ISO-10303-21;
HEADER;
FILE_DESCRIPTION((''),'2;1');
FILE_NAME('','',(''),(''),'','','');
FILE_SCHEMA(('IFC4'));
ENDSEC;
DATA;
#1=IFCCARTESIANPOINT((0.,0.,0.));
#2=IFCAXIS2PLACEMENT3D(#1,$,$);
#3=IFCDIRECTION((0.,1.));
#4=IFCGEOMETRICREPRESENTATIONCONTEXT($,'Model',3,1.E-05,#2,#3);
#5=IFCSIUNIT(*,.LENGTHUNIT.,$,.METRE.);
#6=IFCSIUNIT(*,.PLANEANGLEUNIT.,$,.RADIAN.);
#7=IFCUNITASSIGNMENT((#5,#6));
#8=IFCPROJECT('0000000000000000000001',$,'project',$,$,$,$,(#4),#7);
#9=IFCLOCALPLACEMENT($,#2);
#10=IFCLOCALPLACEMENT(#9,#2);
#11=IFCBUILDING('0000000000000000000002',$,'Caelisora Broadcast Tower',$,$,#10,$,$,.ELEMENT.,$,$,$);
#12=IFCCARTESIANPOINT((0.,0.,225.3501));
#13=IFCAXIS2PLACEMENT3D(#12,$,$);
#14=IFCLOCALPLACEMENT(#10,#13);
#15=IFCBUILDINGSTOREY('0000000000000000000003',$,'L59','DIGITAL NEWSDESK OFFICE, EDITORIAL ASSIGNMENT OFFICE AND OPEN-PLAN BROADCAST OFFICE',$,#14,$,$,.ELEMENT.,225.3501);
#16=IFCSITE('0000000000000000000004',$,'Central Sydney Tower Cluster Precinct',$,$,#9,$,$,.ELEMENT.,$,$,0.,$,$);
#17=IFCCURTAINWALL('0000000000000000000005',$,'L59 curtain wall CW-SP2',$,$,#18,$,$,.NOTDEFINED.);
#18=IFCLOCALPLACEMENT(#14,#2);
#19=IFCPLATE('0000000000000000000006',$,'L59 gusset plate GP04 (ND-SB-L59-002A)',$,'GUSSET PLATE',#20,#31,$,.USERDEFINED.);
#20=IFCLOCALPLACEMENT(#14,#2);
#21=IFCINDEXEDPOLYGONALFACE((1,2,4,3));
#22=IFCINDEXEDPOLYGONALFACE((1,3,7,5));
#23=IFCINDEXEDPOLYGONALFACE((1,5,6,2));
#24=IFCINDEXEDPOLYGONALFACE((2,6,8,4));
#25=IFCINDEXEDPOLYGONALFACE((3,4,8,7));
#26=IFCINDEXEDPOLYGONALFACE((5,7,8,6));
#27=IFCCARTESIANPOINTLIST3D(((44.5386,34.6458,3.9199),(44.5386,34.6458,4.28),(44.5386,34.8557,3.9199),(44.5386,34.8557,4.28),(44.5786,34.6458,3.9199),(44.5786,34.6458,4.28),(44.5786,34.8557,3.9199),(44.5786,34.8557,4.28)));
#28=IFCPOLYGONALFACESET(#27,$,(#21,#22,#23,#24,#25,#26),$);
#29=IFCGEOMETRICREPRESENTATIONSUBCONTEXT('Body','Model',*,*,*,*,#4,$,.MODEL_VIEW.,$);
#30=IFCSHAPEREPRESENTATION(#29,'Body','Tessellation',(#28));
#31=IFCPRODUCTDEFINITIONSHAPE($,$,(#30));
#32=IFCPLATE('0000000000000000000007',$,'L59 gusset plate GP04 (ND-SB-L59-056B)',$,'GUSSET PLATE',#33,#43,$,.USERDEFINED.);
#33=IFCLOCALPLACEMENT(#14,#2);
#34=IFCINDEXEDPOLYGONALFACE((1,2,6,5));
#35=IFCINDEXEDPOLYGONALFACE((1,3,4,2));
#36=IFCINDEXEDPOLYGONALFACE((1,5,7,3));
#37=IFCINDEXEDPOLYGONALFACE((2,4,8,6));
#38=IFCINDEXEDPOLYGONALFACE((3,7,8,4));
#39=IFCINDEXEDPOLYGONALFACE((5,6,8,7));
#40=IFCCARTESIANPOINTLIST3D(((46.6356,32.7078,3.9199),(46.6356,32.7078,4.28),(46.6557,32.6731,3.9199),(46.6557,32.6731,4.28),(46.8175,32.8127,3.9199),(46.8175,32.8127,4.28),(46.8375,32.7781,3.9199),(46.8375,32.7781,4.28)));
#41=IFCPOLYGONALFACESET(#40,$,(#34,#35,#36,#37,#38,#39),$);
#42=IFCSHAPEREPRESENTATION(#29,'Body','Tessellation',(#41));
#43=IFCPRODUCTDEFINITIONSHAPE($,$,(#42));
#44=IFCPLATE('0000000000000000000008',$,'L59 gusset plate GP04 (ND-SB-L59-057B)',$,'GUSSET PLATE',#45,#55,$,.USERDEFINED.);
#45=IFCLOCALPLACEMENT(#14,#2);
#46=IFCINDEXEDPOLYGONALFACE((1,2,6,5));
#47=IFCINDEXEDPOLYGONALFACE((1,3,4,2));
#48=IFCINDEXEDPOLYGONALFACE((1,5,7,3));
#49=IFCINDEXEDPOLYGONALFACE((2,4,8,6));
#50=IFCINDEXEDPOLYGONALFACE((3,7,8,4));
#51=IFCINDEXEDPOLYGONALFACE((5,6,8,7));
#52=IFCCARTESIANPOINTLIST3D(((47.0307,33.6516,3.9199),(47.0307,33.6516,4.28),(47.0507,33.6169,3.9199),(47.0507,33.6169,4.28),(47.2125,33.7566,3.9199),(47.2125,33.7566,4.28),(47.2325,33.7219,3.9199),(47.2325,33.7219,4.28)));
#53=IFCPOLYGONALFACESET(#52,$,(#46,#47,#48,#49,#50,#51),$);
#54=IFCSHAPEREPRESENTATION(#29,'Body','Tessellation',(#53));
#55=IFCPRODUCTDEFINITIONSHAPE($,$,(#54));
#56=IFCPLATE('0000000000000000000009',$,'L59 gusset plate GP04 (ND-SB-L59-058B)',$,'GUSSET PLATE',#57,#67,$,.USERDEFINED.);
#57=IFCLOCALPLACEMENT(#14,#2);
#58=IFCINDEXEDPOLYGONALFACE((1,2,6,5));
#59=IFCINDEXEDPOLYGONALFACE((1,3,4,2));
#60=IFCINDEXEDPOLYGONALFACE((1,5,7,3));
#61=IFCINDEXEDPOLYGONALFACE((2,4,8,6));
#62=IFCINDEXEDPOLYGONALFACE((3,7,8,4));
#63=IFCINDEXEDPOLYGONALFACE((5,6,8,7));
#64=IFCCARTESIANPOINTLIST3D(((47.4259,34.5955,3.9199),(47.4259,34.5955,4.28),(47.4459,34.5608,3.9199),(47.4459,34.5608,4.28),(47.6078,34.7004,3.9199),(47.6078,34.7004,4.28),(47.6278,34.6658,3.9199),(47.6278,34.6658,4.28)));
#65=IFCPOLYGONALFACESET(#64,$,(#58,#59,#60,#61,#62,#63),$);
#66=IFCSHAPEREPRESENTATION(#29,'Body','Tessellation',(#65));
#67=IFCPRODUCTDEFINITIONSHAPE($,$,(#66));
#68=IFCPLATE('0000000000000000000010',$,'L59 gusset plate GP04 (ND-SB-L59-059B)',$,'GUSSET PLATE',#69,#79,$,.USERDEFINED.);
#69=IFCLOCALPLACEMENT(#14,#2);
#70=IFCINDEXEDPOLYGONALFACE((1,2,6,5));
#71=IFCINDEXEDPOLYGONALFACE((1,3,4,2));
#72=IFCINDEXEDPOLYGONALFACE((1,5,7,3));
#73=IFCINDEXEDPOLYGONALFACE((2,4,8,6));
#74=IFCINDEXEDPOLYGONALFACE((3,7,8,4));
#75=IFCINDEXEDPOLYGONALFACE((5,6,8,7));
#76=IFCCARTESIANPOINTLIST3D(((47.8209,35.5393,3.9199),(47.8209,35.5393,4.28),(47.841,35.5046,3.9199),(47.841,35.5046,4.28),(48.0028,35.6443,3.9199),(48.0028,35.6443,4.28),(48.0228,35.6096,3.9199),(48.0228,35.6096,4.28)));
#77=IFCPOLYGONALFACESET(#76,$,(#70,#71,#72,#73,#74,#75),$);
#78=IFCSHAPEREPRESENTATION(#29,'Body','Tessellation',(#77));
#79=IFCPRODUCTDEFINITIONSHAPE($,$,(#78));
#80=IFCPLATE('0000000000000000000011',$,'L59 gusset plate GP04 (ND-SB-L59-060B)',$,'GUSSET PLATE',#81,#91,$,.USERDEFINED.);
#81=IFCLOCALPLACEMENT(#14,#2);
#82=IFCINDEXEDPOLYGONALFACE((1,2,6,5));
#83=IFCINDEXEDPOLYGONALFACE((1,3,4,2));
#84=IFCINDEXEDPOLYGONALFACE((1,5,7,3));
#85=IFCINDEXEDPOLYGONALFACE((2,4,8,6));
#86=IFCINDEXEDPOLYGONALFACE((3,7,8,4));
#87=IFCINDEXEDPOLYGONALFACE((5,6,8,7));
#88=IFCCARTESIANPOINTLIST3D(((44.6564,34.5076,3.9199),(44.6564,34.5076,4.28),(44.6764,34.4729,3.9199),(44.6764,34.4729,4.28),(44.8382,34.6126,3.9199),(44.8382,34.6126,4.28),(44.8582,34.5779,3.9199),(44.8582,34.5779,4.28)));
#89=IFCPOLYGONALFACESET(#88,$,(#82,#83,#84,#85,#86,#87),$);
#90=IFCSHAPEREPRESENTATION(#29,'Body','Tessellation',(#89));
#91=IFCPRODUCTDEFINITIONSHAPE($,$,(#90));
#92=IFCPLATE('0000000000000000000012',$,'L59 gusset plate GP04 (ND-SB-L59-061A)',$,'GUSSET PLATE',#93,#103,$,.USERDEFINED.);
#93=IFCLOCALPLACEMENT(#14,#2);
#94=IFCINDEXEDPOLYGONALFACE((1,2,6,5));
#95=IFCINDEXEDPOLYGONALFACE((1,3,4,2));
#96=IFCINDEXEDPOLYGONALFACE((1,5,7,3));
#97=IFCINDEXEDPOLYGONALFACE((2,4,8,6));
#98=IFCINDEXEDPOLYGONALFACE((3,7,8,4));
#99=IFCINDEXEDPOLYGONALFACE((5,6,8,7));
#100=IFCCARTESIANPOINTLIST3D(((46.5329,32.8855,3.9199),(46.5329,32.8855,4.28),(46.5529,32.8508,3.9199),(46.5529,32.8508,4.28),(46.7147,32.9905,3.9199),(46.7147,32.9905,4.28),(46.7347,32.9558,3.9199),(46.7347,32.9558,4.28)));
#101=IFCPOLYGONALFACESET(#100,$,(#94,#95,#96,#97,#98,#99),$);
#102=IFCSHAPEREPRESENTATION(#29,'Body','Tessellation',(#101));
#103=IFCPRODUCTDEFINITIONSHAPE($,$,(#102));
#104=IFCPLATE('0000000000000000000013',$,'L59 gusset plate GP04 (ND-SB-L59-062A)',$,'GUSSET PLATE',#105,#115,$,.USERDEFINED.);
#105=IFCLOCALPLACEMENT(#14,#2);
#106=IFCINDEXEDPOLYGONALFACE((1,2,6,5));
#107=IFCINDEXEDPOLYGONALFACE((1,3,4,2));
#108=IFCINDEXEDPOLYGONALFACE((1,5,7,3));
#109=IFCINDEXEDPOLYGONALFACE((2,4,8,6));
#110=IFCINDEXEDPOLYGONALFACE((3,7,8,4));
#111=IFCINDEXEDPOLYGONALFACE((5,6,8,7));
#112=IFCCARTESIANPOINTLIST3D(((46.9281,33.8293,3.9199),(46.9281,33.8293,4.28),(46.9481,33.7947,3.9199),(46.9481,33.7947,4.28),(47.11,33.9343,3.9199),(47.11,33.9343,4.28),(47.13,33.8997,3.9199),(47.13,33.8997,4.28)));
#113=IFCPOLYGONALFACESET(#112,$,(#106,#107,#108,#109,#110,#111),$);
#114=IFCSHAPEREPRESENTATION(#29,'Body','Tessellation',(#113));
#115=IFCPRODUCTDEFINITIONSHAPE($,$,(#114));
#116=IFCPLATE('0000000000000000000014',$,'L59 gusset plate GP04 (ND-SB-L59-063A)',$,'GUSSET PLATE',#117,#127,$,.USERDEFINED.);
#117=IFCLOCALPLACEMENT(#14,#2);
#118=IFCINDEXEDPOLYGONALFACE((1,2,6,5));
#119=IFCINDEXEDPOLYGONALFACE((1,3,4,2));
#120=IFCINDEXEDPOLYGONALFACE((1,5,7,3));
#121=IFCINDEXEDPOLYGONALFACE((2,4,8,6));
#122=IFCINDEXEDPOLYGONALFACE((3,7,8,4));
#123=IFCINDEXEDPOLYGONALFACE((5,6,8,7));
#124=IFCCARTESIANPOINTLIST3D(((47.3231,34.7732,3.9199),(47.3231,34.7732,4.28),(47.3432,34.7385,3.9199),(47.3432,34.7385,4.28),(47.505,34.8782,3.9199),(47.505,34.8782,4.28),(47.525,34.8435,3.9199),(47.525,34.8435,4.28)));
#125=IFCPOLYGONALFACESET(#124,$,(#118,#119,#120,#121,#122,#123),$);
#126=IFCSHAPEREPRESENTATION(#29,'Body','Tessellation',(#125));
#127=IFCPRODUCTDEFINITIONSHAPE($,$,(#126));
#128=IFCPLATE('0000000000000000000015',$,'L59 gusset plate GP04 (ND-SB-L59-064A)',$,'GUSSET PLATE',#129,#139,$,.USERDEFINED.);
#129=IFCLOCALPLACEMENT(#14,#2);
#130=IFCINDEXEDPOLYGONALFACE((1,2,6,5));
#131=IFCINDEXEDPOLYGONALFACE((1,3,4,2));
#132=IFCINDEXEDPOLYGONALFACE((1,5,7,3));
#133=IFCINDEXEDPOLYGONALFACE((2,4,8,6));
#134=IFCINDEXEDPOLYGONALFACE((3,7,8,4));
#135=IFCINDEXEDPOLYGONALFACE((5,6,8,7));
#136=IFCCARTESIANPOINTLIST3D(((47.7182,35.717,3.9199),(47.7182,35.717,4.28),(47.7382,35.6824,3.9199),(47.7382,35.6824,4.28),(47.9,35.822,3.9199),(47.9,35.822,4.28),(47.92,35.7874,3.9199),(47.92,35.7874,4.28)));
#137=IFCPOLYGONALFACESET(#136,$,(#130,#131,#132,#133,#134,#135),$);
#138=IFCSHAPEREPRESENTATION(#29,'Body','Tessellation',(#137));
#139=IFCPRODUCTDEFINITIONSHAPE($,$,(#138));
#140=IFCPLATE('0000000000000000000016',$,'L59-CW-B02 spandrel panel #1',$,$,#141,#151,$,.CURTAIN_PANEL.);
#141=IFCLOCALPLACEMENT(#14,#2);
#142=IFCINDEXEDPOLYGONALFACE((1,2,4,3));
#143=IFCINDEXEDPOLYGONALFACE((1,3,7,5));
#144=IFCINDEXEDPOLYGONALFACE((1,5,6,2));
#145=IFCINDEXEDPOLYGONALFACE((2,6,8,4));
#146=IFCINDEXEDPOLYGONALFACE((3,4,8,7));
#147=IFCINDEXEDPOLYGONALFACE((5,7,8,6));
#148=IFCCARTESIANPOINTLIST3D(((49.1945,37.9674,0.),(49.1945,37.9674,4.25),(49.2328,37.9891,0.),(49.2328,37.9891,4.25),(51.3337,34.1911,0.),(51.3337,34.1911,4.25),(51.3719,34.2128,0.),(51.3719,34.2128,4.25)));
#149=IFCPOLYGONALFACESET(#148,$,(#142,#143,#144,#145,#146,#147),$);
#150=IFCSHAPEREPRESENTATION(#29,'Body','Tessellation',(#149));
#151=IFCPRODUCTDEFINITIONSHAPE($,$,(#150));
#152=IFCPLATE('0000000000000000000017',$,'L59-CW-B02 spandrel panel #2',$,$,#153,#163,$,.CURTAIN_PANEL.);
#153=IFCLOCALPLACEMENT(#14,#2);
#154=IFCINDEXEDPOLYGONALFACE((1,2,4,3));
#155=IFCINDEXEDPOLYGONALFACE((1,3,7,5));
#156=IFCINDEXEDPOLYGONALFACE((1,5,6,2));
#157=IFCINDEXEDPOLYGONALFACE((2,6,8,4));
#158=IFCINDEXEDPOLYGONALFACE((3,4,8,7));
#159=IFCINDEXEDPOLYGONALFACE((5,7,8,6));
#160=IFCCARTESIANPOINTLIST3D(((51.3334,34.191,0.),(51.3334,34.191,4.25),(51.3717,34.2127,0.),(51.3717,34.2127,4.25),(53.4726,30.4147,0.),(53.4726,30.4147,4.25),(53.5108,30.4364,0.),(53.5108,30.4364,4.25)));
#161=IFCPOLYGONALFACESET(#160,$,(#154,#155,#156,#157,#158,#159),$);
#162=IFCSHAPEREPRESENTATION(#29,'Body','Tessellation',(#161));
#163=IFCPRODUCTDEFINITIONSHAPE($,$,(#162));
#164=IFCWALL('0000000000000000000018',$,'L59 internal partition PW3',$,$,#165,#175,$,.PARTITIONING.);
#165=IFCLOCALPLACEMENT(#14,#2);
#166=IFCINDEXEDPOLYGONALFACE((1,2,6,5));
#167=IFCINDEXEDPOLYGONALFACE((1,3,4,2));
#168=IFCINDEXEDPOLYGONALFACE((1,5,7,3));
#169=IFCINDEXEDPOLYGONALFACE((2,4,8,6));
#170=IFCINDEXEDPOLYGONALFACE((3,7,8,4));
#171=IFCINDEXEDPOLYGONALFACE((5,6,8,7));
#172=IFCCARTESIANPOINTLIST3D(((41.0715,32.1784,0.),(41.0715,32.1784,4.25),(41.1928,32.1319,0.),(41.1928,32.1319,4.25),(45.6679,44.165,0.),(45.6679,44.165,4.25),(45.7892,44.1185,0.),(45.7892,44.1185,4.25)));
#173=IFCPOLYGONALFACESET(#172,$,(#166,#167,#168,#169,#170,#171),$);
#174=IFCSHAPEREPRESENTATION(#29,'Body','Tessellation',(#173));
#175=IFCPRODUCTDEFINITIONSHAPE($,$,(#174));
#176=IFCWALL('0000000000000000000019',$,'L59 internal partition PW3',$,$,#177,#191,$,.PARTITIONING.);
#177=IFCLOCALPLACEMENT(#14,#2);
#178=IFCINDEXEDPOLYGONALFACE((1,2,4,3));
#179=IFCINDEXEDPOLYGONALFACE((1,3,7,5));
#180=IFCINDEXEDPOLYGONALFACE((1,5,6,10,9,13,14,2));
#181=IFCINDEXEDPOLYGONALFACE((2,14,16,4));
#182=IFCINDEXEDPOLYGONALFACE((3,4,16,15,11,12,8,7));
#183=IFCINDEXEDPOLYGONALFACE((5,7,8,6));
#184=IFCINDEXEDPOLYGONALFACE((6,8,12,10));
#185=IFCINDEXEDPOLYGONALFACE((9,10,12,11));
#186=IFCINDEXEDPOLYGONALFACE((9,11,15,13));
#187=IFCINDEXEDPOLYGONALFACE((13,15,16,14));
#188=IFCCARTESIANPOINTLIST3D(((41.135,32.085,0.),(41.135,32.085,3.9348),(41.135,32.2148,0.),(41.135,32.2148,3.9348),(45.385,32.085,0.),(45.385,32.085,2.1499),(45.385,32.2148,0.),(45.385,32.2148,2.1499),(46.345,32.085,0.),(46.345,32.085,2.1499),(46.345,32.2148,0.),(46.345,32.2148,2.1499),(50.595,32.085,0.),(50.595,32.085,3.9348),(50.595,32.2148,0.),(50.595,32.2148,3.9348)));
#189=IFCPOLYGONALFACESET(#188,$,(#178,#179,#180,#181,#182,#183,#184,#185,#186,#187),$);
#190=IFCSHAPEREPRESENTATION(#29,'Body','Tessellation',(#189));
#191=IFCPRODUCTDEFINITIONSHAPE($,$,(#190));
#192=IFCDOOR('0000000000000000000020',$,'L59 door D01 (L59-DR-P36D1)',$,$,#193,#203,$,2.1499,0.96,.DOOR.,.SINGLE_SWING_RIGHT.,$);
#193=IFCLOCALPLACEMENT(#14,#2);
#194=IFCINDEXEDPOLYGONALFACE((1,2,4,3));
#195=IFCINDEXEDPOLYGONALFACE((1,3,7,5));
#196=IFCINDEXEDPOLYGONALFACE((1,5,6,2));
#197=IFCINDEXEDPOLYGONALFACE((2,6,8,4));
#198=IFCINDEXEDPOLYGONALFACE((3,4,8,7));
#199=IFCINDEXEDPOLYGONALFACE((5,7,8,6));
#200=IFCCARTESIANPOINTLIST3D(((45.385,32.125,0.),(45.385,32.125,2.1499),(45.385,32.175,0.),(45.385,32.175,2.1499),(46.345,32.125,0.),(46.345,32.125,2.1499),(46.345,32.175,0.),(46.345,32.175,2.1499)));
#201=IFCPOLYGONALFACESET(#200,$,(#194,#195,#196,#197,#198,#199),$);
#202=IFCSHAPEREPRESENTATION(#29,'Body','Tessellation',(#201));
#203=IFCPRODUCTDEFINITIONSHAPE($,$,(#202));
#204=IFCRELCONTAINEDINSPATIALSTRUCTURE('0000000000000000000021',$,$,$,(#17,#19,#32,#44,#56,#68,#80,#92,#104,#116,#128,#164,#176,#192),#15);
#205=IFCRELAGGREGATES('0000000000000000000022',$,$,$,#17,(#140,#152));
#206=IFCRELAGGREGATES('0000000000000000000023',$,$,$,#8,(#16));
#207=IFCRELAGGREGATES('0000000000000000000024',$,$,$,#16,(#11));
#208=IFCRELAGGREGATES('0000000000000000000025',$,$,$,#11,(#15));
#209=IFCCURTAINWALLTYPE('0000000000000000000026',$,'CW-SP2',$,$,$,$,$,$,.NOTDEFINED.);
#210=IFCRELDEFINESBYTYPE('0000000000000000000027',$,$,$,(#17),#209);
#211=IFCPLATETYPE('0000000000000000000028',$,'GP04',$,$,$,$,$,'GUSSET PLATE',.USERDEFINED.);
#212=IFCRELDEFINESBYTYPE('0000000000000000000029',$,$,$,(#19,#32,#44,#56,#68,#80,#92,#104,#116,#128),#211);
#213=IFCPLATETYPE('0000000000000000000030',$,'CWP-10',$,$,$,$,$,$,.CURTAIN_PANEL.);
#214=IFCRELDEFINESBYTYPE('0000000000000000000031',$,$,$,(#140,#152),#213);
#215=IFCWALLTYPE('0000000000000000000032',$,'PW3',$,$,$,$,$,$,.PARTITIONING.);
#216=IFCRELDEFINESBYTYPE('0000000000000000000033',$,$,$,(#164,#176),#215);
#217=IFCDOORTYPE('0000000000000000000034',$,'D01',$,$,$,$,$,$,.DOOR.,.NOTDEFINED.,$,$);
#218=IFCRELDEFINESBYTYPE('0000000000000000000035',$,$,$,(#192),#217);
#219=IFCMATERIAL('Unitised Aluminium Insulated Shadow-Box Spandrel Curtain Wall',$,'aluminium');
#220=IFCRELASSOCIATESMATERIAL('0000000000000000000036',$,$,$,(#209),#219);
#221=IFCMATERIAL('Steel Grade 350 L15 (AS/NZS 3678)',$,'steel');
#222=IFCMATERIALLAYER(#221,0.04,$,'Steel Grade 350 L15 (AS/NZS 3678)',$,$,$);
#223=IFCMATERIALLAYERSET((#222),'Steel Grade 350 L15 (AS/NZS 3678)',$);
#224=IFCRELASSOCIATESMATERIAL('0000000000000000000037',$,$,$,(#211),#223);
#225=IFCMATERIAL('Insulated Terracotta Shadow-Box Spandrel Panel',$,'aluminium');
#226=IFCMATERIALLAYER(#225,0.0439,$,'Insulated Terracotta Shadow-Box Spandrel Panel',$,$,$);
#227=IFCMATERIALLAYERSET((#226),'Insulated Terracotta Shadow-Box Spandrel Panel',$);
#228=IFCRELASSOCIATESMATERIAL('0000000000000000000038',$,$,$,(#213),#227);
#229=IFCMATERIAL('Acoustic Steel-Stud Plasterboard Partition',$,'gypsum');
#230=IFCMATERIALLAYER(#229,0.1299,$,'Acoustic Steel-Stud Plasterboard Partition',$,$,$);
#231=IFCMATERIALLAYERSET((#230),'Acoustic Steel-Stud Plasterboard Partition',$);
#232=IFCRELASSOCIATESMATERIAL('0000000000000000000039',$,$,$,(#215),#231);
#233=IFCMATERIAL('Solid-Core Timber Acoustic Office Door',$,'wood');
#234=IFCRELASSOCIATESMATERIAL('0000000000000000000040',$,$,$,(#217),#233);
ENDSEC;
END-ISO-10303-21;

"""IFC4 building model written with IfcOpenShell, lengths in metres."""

from ifc_helpers import new_model, si_unit, direction, frame, frame_2d, origin, origin_2d, place, context, subcontext, project, spatial, rectangle, extrude, source, transform, mapped, material, layer, layer_set, type_object, type_shapes, element, fill, aggregate, save


model = new_model("IFC4")

# Units and contexts
model_context = context("Model", 3, precision=1e-05, world=origin(), true_north=direction((0.0, 1.0)))
body_context = subcontext(model_context, "Body", "Model", "MODEL_VIEW")
ifc_project = project(units=[si_unit("LENGTHUNIT", "METRE"), si_unit("PLANEANGLEUNIT", "RADIAN")], contexts=[model_context])

# Site, building, storey
site_placement = place(None, origin())
site = spatial("IfcSite", under=ifc_project, at=site_placement, Name="Central Sydney Tower Cluster Precinct", CompositionType="ELEMENT", RefElevation=0.0)
building_placement = place(site_placement, origin())
building = spatial("IfcBuilding", under=site, at=building_placement, Name="Caelisora Broadcast Tower", CompositionType="ELEMENT")
storey_placement = place(building_placement, frame((0.0, 0.0, 225.3501)))
storey = spatial("IfcBuildingStorey", under=building, at=storey_placement, Name="L59", Description="DIGITAL NEWSDESK OFFICE, EDITORIAL ASSIGNMENT OFFICE AND OPEN-PLAN BROADCAST OFFICE", CompositionType="ELEMENT", Elevation=225.3501)

# Shared definitions
ifc_material_1 = material(Name="Steel Grade 350 L15 (AS/NZS 3678)", Category="steel")

# Curtain wall
ifc_material_2 = material(Name="Unitised Aluminium Insulated Shadow-Box Spandrel Curtain Wall", Category="aluminium")
curtain_wall_type = type_object("IfcCurtainWallType", Name="CW-SP2", PredefinedType="NOTDEFINED", material=ifc_material_2)
curtain_wall_placement = place(storey_placement, origin())
curtain_wall = element("IfcCurtainWall", 1, at=curtain_wall_placement, inside=storey, type_object=curtain_wall_type, Name="L59 curtain wall CW-SP2", PredefinedType="NOTDEFINED")

# Plates
ifc_layer_1 = layer(ifc_material_1, 0.04, Name="Steel Grade 350 L15 (AS/NZS 3678)")
ifc_layer_set_1 = layer_set([ifc_layer_1], Name="Steel Grade 350 L15 (AS/NZS 3678)")
plate_type_1 = type_object("IfcPlateType", Name="GP04", ElementType="GUSSET PLATE", PredefinedType="USERDEFINED", material=ifc_layer_set_1)
shared_shape_1 = source(origin(), body_context, "Body", "SweptSolid", [
    extrude(rectangle(XDim=0.21, YDim=0.04, at=origin_2d()), origin(), (0.0, 0.0, 1.0), 0.3601),
])
for number, where, z_axis, x_axis, name in (
    (2, (44.5586, 34.7507, 3.9199), (0.0, 0.0, 1.0), (0.0, -1.0, 0.0), "L59 gusset plate GP04 (ND-SB-L59-002A)"),
    (3, (46.7366, 32.7429, 3.9199), (0.0, 0.0, 1.0), (-0.866025, -0.5, 0.0), "L59 gusset plate GP04 (ND-SB-L59-056B)"),
    (4, (47.1316, 33.6868, 3.9199), (0.0, 0.0, 1.0), (-0.866025, -0.5, 0.0), "L59 gusset plate GP04 (ND-SB-L59-057B)"),
    (5, (47.5269, 34.6306, 3.9199), (0.0, 0.0, 1.0), (-0.866025, -0.5, 0.0), "L59 gusset plate GP04 (ND-SB-L59-058B)"),
    (6, (47.9219, 35.5745, 3.9199), (0.0, 0.0, 1.0), (-0.866025, -0.5, 0.0), "L59 gusset plate GP04 (ND-SB-L59-059B)"),
    (7, (44.7573, 34.5427, 3.9199), (0.0, 0.0, 1.0), (-0.866025, -0.5, 0.0), "L59 gusset plate GP04 (ND-SB-L59-060B)"),
    (8, (46.6338, 32.9207, 3.9199), (0.0, 0.0, 1.0), (-0.866025, -0.5, 0.0), "L59 gusset plate GP04 (ND-SB-L59-061A)"),
    (9, (47.0291, 33.8645, 3.9199), (0.0, 0.0, 1.0), (-0.866025, -0.5, 0.0), "L59 gusset plate GP04 (ND-SB-L59-062A)"),
    (10, (47.4241, 34.8083, 3.9199), (0.0, 0.0, 1.0), (-0.866025, -0.5, 0.0), "L59 gusset plate GP04 (ND-SB-L59-063A)"),
    (11, (47.8191, 35.7522, 3.9199), (0.0, 0.0, 1.0), (-0.866025, -0.5, 0.0), "L59 gusset plate GP04 (ND-SB-L59-064A)"),
):
    element("IfcPlate", number, at=place(storey_placement, frame(where, z_axis=z_axis, x_axis=x_axis)), inside=storey, type_object=plate_type_1, Name=name, ObjectType="GUSSET PLATE", PredefinedType="USERDEFINED", context=body_context, shape_type="MappedRepresentation", body=[
        mapped(shared_shape_1, transform((0.0, 0.0, 0.0), scale=1.0)),
    ])

# Plates
ifc_material_3 = material(Name="Insulated Terracotta Shadow-Box Spandrel Panel", Category="aluminium")
ifc_layer_2 = layer(ifc_material_3, 0.0439, Name="Insulated Terracotta Shadow-Box Spandrel Panel")
ifc_layer_set_2 = layer_set([ifc_layer_2], Name="Insulated Terracotta Shadow-Box Spandrel Panel")
plate_type_2 = type_object("IfcPlateType", Name="CWP-10", PredefinedType="CURTAIN_PANEL", material=ifc_layer_set_2)
shared_shape_2 = source(origin(), body_context, "Body", "SweptSolid", [
    extrude(rectangle(XDim=4.3401, YDim=0.0439, at=origin_2d()), origin(), (0.0, 0.0, 1.0), 4.25),
])
type_shapes(plate_type_2, [shared_shape_2])
plate_1_placement = place(storey_placement, frame((50.2832, 36.0901, 0.0), z_axis=(0.0, 0.0, 1.0), x_axis=(0.492879, -0.870098, 0.0)))
plate_1 = element("IfcPlate", 12, at=plate_1_placement, type_object=plate_type_2, Name="L59-CW-B02 spandrel panel #1", PredefinedType="CURTAIN_PANEL", context=body_context, shape_type="MappedRepresentation", body=[
    mapped(shared_shape_2, transform((0.0, 0.0, 0.0), scale=1.0)),
])
plate_2_placement = place(storey_placement, frame((52.4221, 32.3137, 0.0), z_axis=(0.0, 0.0, 1.0), x_axis=(0.492879, -0.870098, 0.0)))
plate_2 = element("IfcPlate", 13, at=plate_2_placement, type_object=plate_type_2, Name="L59-CW-B02 spandrel panel #2", PredefinedType="CURTAIN_PANEL", context=body_context, shape_type="MappedRepresentation", body=[
    mapped(shared_shape_2, transform((0.0, 0.0, 0.0), scale=1.0)),
])
aggregate(curtain_wall, [plate_1, plate_2])

# Wall
ifc_material_4 = material(Name="Acoustic Steel-Stud Plasterboard Partition", Category="gypsum")
ifc_layer_3 = layer(ifc_material_4, 0.1299, Name="Acoustic Steel-Stud Plasterboard Partition")
ifc_layer_set_3 = layer_set([ifc_layer_3], Name="Acoustic Steel-Stud Plasterboard Partition")
wall_type_1 = type_object("IfcWallType", Name="PW3", PredefinedType="PARTITIONING", material=ifc_layer_set_3)
wall_1_placement = place(storey_placement, frame((41.1321, 32.155, 0.0), z_axis=(0.0, 0.0, 1.0), x_axis=(0.358044, 0.933705, 0.0)))
element("IfcWall", 14, at=wall_1_placement, inside=storey, type_object=wall_type_1, Name="L59 internal partition PW3", PredefinedType="PARTITIONING", context=body_context, shape_type="SweptSolid", body=[
    extrude(rectangle(XDim=12.8376, YDim=0.1299, at=frame_2d((6.4189, 0.0))), origin(), (0.0, 0.0, 1.0), 4.25),
])

# Wall, opening, door
wall_2_placement = place(storey_placement, frame((50.595, 32.1499, 0.0), z_axis=(0.0, 0.0, 1.0), x_axis=(-1.0, 0.0, 0.0)))
wall_2 = element("IfcWall", 15, at=wall_2_placement, inside=storey, type_object=wall_type_1, Name="L59 internal partition PW3", PredefinedType="PARTITIONING", context=body_context, shape_type="SweptSolid", body=[
    extrude(rectangle(XDim=9.46, YDim=0.1299, at=frame_2d((4.73, 0.0))), origin(), (0.0, 0.0, 1.0), 3.9348),
])
opening_1_placement = place(wall_2_placement, frame((4.25, 0.0, 0.0)))
opening_1 = element("IfcOpeningElement", 16, at=opening_1_placement, cuts=wall_2, PredefinedType="OPENING", context=body_context, shape_type="SweptSolid", body=[
    extrude(rectangle(XDim=0.96, YDim=2.1499, at=frame_2d((0.48, 1.075))), frame((0.0, 0.0769, 0.0), z_axis=(0.0, -1.0, 0.0), x_axis=(1.0, 0.0, 0.0)), (0.0, 0.0, 1.0), 0.1538),
])
ifc_material_5 = material(Name="Solid-Core Timber Acoustic Office Door", Category="wood")
door_type = type_object("IfcDoorType", Name="D01", OperationType="NOTDEFINED", PredefinedType="DOOR", material=ifc_material_5)
door_1_placement = place(opening_1_placement, origin())
door_1 = element("IfcDoor", 17, at=door_1_placement, inside=storey, type_object=door_type, Name="L59 door D01 (L59-DR-P36D1)", OperationType="SINGLE_SWING_RIGHT", OverallHeight=2.1499, OverallWidth=0.96, PredefinedType="DOOR", context=body_context, shape_type="SweptSolid", body=[
    extrude(rectangle(XDim=0.96, YDim=2.1499, at=frame_2d((0.48, 1.075))), frame((0.0, 0.0249, 0.0), z_axis=(0.0, -1.0, 0.0), x_axis=(1.0, 0.0, 0.0)), (0.0, 0.0, 1.0), 0.05),
])
fill(opening_1, door_1)

save(model, "model.ifc")
